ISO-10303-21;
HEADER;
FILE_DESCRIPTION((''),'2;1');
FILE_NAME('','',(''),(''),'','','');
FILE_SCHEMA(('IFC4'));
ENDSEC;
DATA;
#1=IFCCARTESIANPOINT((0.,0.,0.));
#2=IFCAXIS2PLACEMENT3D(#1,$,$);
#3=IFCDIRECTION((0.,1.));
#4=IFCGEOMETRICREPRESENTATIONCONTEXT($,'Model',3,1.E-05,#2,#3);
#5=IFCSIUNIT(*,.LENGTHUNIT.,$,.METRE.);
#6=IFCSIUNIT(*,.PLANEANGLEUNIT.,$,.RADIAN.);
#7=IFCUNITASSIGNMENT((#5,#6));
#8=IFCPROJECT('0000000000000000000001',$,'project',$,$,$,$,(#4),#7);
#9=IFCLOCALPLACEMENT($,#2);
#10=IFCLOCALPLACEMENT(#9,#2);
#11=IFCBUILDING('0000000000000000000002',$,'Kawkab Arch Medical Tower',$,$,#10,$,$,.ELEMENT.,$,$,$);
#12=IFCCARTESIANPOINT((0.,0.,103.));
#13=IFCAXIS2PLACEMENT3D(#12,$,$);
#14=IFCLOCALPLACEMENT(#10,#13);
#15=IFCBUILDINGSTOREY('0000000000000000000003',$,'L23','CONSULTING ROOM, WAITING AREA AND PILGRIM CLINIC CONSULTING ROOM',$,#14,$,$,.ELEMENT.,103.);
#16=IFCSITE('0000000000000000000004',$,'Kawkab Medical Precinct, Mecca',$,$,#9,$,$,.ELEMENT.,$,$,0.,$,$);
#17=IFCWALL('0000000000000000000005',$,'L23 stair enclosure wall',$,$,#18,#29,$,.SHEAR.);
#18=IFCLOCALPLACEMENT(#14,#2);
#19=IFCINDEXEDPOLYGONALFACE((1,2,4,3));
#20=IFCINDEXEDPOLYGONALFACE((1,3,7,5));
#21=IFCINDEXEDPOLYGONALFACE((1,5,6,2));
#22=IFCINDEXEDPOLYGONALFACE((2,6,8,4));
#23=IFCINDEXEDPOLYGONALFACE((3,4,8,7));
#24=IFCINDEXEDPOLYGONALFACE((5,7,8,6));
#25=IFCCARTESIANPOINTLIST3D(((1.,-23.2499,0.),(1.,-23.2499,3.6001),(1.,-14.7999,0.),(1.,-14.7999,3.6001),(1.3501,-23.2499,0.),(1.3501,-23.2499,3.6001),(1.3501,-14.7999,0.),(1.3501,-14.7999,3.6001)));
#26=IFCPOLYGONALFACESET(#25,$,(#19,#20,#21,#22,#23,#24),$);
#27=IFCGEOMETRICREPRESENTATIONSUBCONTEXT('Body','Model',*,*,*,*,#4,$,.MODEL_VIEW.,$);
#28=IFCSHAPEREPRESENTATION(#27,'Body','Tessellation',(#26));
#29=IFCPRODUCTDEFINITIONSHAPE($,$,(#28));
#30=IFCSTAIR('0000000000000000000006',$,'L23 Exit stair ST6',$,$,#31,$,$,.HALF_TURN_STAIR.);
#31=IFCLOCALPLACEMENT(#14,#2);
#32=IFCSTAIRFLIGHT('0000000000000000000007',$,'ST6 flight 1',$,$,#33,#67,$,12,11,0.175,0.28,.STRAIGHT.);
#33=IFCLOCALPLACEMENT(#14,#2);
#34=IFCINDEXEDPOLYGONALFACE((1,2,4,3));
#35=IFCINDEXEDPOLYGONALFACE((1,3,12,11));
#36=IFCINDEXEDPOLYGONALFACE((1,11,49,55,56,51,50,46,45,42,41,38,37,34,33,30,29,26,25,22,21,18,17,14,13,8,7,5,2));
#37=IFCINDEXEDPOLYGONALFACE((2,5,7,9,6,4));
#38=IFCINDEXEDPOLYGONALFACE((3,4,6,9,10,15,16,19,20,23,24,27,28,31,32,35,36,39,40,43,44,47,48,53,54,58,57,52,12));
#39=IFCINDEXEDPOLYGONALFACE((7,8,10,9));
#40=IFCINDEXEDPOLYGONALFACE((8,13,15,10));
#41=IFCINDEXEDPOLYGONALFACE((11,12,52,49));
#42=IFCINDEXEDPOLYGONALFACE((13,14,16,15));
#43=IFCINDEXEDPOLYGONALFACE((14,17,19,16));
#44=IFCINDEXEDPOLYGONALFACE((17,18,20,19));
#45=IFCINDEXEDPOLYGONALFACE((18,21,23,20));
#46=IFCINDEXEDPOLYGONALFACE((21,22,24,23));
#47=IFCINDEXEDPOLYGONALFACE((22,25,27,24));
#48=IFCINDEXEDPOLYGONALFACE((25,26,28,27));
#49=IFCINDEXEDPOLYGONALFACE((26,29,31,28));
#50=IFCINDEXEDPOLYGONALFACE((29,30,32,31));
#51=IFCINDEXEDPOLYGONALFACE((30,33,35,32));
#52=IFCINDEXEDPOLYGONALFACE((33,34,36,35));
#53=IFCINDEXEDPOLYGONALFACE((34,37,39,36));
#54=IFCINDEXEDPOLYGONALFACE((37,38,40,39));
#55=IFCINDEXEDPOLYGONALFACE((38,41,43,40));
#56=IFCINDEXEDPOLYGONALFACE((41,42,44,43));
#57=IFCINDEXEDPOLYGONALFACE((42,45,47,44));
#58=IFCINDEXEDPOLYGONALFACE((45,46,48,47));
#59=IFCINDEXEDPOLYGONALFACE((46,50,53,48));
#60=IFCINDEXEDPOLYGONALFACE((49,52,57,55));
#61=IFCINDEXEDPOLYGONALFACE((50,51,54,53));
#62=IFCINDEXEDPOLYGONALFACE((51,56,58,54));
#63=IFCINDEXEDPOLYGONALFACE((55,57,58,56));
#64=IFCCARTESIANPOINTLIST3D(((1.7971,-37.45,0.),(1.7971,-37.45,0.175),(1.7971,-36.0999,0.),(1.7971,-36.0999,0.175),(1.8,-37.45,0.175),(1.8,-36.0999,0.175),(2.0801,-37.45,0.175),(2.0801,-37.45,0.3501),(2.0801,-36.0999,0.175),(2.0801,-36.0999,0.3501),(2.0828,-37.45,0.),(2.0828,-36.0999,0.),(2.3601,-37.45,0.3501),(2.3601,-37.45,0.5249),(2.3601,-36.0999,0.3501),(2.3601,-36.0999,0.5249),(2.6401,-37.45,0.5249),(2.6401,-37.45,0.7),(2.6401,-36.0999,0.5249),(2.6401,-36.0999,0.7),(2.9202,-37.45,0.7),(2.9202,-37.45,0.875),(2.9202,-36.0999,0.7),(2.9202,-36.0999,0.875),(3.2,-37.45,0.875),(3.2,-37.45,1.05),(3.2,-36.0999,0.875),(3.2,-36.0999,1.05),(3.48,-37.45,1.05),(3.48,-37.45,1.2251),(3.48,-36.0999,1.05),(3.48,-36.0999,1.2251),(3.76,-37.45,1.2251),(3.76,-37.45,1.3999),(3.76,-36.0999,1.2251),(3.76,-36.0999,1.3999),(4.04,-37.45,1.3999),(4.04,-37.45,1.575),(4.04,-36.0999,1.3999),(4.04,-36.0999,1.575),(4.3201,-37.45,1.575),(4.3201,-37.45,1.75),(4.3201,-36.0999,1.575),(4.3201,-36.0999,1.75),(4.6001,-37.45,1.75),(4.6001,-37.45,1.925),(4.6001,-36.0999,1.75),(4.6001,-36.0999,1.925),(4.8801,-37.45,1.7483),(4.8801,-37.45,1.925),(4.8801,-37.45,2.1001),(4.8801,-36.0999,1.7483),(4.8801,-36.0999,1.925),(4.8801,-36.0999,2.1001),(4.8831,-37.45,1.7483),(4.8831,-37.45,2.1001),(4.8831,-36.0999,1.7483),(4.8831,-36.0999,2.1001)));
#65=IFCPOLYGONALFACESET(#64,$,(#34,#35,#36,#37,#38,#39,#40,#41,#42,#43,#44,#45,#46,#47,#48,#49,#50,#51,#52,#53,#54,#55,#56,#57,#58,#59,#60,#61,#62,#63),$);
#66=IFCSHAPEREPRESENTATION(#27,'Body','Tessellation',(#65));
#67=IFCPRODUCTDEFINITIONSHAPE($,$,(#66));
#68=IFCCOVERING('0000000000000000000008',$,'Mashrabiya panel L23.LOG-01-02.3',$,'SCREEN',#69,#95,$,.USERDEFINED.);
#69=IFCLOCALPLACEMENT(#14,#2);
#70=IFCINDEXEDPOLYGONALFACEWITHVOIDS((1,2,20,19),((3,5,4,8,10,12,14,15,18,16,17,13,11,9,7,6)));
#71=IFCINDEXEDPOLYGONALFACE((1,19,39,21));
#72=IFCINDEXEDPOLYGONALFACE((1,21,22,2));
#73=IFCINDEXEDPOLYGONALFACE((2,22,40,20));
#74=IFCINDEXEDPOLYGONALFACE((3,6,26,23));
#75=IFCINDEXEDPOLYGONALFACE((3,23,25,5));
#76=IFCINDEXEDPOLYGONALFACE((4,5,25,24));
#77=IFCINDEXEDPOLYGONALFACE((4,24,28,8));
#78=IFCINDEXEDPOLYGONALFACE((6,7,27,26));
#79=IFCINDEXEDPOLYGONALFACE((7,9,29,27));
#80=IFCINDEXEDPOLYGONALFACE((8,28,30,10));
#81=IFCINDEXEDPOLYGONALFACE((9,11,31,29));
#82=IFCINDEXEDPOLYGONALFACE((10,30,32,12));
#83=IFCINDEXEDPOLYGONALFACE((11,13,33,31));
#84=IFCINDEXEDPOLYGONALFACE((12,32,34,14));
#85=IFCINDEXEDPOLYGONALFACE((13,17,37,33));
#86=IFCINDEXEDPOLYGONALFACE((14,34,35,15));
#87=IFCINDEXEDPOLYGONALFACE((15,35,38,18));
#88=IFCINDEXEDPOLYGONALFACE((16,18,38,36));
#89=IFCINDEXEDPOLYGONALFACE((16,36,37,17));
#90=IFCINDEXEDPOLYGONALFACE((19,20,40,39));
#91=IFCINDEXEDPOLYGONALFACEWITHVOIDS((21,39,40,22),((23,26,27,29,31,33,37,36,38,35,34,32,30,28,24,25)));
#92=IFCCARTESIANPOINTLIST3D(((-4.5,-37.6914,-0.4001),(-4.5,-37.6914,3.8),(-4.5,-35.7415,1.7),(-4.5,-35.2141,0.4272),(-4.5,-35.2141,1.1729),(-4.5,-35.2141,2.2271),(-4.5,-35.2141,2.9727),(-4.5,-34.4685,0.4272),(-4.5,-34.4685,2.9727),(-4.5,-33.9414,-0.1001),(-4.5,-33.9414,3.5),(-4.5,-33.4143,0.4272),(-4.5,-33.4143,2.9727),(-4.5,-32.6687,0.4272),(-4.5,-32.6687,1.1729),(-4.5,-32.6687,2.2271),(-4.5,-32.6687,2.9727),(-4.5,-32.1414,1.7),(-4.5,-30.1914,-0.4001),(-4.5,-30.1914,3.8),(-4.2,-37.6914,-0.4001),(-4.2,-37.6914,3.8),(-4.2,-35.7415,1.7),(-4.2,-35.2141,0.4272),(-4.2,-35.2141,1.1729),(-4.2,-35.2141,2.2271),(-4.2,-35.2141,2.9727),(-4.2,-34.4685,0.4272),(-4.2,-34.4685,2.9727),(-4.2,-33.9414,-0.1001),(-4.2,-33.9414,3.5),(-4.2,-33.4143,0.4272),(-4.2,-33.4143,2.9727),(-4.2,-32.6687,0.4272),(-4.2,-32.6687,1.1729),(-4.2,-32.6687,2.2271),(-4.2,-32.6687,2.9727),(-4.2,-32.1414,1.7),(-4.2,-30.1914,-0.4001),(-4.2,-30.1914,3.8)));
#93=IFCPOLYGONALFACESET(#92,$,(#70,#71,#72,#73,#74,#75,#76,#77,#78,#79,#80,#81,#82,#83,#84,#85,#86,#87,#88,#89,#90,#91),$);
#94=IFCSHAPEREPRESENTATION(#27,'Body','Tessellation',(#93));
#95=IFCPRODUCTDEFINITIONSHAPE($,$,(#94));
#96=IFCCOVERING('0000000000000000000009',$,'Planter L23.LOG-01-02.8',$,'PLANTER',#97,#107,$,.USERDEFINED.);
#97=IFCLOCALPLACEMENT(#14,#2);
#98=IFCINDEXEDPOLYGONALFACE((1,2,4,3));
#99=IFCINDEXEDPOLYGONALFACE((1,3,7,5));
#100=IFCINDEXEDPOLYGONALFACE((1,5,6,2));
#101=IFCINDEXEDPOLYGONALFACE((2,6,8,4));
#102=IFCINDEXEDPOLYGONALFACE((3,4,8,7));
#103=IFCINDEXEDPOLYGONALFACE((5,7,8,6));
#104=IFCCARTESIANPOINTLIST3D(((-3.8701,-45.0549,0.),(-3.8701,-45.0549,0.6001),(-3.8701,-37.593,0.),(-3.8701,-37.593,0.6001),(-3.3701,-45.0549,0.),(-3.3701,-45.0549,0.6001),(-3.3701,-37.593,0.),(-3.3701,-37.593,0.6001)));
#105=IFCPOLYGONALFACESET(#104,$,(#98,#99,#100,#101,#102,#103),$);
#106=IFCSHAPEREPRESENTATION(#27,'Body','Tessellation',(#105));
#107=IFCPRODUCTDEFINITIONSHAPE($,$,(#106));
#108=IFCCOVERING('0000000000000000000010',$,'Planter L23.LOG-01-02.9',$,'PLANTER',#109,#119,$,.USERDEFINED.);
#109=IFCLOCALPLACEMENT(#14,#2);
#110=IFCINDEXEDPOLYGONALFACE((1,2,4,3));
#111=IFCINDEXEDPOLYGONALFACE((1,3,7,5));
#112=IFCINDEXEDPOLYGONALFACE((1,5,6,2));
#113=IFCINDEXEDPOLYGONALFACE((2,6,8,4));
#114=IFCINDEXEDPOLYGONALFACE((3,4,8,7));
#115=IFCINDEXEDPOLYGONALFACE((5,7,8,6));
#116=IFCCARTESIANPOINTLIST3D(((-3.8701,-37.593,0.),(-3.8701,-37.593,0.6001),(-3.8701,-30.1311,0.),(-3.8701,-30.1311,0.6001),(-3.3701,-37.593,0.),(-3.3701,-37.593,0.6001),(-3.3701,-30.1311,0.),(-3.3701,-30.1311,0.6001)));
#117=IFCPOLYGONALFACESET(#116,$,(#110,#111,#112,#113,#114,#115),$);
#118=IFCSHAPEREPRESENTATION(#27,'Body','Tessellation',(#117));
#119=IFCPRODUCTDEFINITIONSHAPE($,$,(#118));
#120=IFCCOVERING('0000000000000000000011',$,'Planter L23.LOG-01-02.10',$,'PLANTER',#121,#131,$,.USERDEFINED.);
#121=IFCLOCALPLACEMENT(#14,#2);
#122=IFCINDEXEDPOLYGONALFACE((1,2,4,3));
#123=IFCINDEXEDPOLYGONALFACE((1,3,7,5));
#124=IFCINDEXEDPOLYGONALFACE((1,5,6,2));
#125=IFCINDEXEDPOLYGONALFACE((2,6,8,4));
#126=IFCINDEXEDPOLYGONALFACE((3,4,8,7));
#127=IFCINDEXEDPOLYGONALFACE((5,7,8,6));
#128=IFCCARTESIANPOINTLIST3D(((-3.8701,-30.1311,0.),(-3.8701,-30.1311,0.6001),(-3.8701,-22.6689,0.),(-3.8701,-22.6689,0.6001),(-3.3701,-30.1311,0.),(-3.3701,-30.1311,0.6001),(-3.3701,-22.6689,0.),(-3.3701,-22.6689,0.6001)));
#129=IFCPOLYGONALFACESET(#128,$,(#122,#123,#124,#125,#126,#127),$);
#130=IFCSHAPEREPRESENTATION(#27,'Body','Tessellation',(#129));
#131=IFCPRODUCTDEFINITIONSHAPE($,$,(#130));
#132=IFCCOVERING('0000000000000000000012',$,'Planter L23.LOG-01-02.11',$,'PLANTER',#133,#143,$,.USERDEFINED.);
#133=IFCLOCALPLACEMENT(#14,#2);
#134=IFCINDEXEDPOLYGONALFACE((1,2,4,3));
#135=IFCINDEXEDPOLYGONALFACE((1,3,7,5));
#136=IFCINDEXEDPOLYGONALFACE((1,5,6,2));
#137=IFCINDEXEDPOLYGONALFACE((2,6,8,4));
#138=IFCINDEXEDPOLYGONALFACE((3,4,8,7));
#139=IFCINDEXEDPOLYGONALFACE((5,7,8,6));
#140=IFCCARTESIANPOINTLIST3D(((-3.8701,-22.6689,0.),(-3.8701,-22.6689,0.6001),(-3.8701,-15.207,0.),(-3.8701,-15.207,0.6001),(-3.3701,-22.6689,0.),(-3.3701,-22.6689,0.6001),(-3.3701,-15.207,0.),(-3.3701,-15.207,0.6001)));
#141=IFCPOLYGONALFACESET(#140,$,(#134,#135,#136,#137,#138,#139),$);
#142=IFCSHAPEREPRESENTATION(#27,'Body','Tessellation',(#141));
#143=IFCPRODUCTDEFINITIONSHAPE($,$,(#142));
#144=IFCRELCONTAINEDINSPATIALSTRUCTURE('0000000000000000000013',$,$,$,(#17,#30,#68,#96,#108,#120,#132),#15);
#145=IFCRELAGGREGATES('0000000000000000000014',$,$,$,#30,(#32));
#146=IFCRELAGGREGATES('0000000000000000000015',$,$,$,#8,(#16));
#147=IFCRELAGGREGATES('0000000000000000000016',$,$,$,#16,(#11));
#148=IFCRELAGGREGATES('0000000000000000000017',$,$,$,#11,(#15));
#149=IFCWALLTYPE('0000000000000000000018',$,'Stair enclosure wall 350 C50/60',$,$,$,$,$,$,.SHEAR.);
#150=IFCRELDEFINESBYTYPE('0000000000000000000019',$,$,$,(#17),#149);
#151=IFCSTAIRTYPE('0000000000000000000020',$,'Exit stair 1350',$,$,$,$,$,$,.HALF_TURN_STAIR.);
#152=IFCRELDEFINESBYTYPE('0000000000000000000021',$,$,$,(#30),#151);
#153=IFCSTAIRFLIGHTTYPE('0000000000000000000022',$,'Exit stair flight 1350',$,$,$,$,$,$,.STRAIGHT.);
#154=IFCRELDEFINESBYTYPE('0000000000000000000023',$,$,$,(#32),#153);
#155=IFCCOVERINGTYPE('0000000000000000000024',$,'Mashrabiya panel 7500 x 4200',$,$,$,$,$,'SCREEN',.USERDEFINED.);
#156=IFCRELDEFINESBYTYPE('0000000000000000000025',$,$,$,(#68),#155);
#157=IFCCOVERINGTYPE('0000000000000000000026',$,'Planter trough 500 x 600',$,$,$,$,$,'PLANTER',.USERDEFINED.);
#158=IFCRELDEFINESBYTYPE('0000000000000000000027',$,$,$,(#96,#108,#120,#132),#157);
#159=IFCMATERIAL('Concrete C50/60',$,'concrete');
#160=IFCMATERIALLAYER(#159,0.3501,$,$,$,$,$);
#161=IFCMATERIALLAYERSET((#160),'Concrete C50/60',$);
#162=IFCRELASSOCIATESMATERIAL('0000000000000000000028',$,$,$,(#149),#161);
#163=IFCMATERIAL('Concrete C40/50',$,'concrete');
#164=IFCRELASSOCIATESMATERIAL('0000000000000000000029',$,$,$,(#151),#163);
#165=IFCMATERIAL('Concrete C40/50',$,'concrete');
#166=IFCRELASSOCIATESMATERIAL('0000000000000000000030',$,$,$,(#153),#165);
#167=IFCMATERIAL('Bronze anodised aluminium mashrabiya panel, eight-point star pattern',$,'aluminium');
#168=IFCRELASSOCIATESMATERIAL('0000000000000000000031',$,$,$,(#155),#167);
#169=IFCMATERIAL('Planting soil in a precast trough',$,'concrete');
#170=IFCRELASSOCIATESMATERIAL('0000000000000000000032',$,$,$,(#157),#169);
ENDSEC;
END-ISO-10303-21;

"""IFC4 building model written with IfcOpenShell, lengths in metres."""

from ifc_helpers import new_model, si_unit, direction, frame, frame_2d, origin, origin_2d, place, context, subcontext, project, spatial, polyline, rectangle, outline, extrude, material, layer, layer_set, material_profile, profile_set, type_object, element, aggregate, save


model = new_model("IFC4")

# Units and contexts
model_context = context("Model", 3, precision=1e-05, world=origin(), true_north=direction((0.0, 1.0)))
body_context = subcontext(model_context, "Body", "Model", "MODEL_VIEW")
ifc_project = project(units=[si_unit("LENGTHUNIT", "METRE"), si_unit("PLANEANGLEUNIT", "RADIAN")], contexts=[model_context])

# Site, building, storey
site_placement = place(None, origin())
site = spatial("IfcSite", under=ifc_project, at=site_placement, Name="Kawkab Medical Precinct, Mecca", CompositionType="ELEMENT", RefElevation=0.0)
building_placement = place(site_placement, origin())
building = spatial("IfcBuilding", under=site, at=building_placement, Name="Kawkab Arch Medical Tower", CompositionType="ELEMENT")
storey_placement = place(building_placement, frame((0.0, 0.0, 103.0)))
storey = spatial("IfcBuildingStorey", under=building, at=storey_placement, Name="L23", Description="CONSULTING ROOM, WAITING AREA AND PILGRIM CLINIC CONSULTING ROOM", CompositionType="ELEMENT", Elevation=103.0)

# Shared definitions
placement = place(storey_placement, origin())

# Wall
ifc_material_1 = material(Name="Concrete C50/60", Category="concrete")
ifc_layer_1 = layer(ifc_material_1, 0.3501)
ifc_layer_set_1 = layer_set([ifc_layer_1], Name="Concrete C50/60")
wall_type_1 = type_object("IfcWallType", Name="Stair enclosure wall 350 C50/60", PredefinedType="SHEAR", material=ifc_layer_set_1)
wall_1_placement = place(storey_placement, frame((1.175, -23.25, 0.0), z_axis=(0.0, 0.0, 1.0), x_axis=(0.0, 1.0, 0.0)))
element("IfcWall", 1, at=wall_1_placement, inside=storey, type_object=wall_type_1, Name="L23 stair enclosure wall", PredefinedType="SHEAR", context=body_context, shape_type="SweptSolid", body=[
    extrude(rectangle(XDim=8.45, YDim=0.3501, at=frame_2d((4.2251, 0.0))), origin(), (0.0, 0.0, 1.0), 3.6001),
])

# Stair, stair flight
ifc_material_2 = material(Name="Concrete C40/50", Category="concrete")
stair_type = type_object("IfcStairType", Name="Exit stair 1350", PredefinedType="HALF_TURN_STAIR", material=ifc_material_2)
stair = element("IfcStair", 2, at=placement, inside=storey, type_object=stair_type, Name="L23 Exit stair ST6", PredefinedType="HALF_TURN_STAIR")
ifc_material_3 = material(Name="Concrete C40/50", Category="concrete")
stair_flight_type = type_object("IfcStairFlightType", Name="Exit stair flight 1350", PredefinedType="STRAIGHT", material=ifc_material_3)
stair_flight_placement = place(storey_placement, frame((1.8, -36.7749, 0.0), z_axis=(0.0, 0.0, 1.0), x_axis=(1.0, 0.0, 0.0)))
stair_flight = element("IfcStairFlight", 3, at=stair_flight_placement, type_object=stair_flight_type, Name="ST6 flight 1", NumberOfRisers=12, NumberOfTreads=11, PredefinedType="STRAIGHT", RiserHeight=0.175, TreadLength=0.28, context=body_context, shape_type="SweptSolid", body=[
    extrude(outline(polyline([(-0.0029, 0.0), (-0.0029, 0.175), (0.0, 0.175), (0.28, 0.175), (0.28, 0.3501), (0.5601, 0.3501), (0.5601, 0.5249), (0.8401, 0.5249), (0.8401, 0.7), (1.1201, 0.7), (1.1201, 0.875), (1.3999, 0.875), (1.3999, 1.05), (1.6799, 1.05), (1.6799, 1.2251), (1.96, 1.2251), (1.96, 1.3999), (2.24, 1.3999), (2.24, 1.575), (2.52, 1.575), (2.52, 1.75), (2.8, 1.75), (2.8, 1.925), (3.0801, 1.925), (3.0801, 2.1001), (3.083, 2.1001), (3.083, 1.7483), (3.0801, 1.7483), (0.2827, 0.0), (-0.0029, 0.0)])), frame((0.0, 0.675, 0.0), z_axis=(0.0, -1.0, 0.0), x_axis=(1.0, 0.0, 0.0)), (0.0, 0.0, 1.0), 1.3501),
])
aggregate(stair, [stair_flight])

# Coverings
ifc_material_4 = material(Name="Bronze anodised aluminium mashrabiya panel, eight-point star pattern", Category="aluminium")
ifc_material_profile_1 = material_profile(ifc_material_4, outline(polyline([(-3.75, -2.1001), (3.75, -2.1001), (3.75, 2.1001), (-3.75, 2.1001), (-3.75, -2.1001)]), holes=[polyline([(1.8, 0.0), (1.2727, 0.5271), (1.2727, 1.2727), (0.5271, 1.2727), (0.0, 1.8), (-0.5271, 1.2727), (-1.2727, 1.2727), (-1.2727, 0.5271), (-1.8, 0.0), (-1.2727, -0.5271), (-1.2727, -1.2727), (-0.5271, -1.2727), (0.0, -1.8), (0.5271, -1.2727), (1.2727, -1.2727), (1.2727, -0.5271), (1.8, 0.0)])]), Name="Mashrabiya panel 7500x4200")
ifc_profile_set_1 = profile_set([ifc_material_profile_1], Name="Bronze anodised aluminium mashrabiya panel, eight-point star pattern")
covering_type_1 = type_object("IfcCoveringType", Name="Mashrabiya panel 7500 x 4200", ElementType="SCREEN", PredefinedType="USERDEFINED", material=ifc_profile_set_1)
covering_1_placement = place(storey_placement, frame((-4.2, -33.9414, 1.7), z_axis=(-1.0, 0.0, 0.0), x_axis=(0.0, -1.0, 0.0)))
element("IfcCovering", 4, at=covering_1_placement, inside=storey, type_object=covering_type_1, Name="Mashrabiya panel L23.LOG-01-02.3", ObjectType="SCREEN", PredefinedType="USERDEFINED", context=body_context, shape_type="SweptSolid", body=[
    extrude(outline(polyline([(-3.75, -2.1001), (3.75, -2.1001), (3.75, 2.1001), (-3.75, 2.1001), (-3.75, -2.1001)]), holes=[polyline([(1.8, 0.0), (1.2727, 0.5271), (1.2727, 1.2727), (0.5271, 1.2727), (0.0, 1.8), (-0.5271, 1.2727), (-1.2727, 1.2727), (-1.2727, 0.5271), (-1.8, 0.0), (-1.2727, -0.5271), (-1.2727, -1.2727), (-0.5271, -1.2727), (0.0, -1.8), (0.5271, -1.2727), (1.2727, -1.2727), (1.2727, -0.5271), (1.8, 0.0)])]), origin(), (0.0, 0.0, 1.0), 0.3),
])
ifc_material_5 = material(Name="Planting soil in a precast trough", Category="concrete")
ifc_material_profile_2 = material_profile(ifc_material_5, rectangle(XDim=0.5, YDim=0.6001, at=origin_2d()), Name="Trough 500x600")
ifc_profile_set_2 = profile_set([ifc_material_profile_2], Name="Planting soil in a precast trough")
covering_type_2 = type_object("IfcCoveringType", Name="Planter trough 500 x 600", ElementType="PLANTER", PredefinedType="USERDEFINED", material=ifc_profile_set_2)
for number, where, z_axis, x_axis, name in (
    (5, (-3.6201, -45.0549, 0.3), (0.0, 1.0, 0.0), (-1.0, 0.0, 0.0), "Planter L23.LOG-01-02.8"),
    (6, (-3.6201, -37.593, 0.3), (0.0, 1.0, 0.0), (-1.0, 0.0, 0.0), "Planter L23.LOG-01-02.9"),
):
    element("IfcCovering", number, at=place(storey_placement, frame(where, z_axis=z_axis, x_axis=x_axis)), inside=storey, type_object=covering_type_2, Name=name, ObjectType="PLANTER", PredefinedType="USERDEFINED", context=body_context, shape_type="SweptSolid", body=[
        extrude(rectangle(XDim=0.5, YDim=0.6001, at=origin_2d()), origin(), (0.0, 0.0, 1.0), 7.4619),
    ])
covering_2_placement = place(storey_placement, frame((-3.6201, -30.1311, 0.3), z_axis=(0.0, 1.0, 0.0), x_axis=(-1.0, 0.0, 0.0)))
element("IfcCovering", 7, at=covering_2_placement, inside=storey, type_object=covering_type_2, Name="Planter L23.LOG-01-02.10", ObjectType="PLANTER", PredefinedType="USERDEFINED", context=body_context, shape_type="SweptSolid", body=[
    extrude(rectangle(XDim=0.5, YDim=0.6001, at=origin_2d()), origin(), (0.0, 0.0, 1.0), 7.4622),
])
covering_3_placement = place(storey_placement, frame((-3.6201, -22.6689, 0.3), z_axis=(0.0, 1.0, 0.0), x_axis=(-1.0, 0.0, 0.0)))
element("IfcCovering", 8, at=covering_3_placement, inside=storey, type_object=covering_type_2, Name="Planter L23.LOG-01-02.11", ObjectType="PLANTER", PredefinedType="USERDEFINED", context=body_context, shape_type="SweptSolid", body=[
    extrude(rectangle(XDim=0.5, YDim=0.6001, at=origin_2d()), origin(), (0.0, 0.0, 1.0), 7.4619),
])

save(model, "model.ifc")
